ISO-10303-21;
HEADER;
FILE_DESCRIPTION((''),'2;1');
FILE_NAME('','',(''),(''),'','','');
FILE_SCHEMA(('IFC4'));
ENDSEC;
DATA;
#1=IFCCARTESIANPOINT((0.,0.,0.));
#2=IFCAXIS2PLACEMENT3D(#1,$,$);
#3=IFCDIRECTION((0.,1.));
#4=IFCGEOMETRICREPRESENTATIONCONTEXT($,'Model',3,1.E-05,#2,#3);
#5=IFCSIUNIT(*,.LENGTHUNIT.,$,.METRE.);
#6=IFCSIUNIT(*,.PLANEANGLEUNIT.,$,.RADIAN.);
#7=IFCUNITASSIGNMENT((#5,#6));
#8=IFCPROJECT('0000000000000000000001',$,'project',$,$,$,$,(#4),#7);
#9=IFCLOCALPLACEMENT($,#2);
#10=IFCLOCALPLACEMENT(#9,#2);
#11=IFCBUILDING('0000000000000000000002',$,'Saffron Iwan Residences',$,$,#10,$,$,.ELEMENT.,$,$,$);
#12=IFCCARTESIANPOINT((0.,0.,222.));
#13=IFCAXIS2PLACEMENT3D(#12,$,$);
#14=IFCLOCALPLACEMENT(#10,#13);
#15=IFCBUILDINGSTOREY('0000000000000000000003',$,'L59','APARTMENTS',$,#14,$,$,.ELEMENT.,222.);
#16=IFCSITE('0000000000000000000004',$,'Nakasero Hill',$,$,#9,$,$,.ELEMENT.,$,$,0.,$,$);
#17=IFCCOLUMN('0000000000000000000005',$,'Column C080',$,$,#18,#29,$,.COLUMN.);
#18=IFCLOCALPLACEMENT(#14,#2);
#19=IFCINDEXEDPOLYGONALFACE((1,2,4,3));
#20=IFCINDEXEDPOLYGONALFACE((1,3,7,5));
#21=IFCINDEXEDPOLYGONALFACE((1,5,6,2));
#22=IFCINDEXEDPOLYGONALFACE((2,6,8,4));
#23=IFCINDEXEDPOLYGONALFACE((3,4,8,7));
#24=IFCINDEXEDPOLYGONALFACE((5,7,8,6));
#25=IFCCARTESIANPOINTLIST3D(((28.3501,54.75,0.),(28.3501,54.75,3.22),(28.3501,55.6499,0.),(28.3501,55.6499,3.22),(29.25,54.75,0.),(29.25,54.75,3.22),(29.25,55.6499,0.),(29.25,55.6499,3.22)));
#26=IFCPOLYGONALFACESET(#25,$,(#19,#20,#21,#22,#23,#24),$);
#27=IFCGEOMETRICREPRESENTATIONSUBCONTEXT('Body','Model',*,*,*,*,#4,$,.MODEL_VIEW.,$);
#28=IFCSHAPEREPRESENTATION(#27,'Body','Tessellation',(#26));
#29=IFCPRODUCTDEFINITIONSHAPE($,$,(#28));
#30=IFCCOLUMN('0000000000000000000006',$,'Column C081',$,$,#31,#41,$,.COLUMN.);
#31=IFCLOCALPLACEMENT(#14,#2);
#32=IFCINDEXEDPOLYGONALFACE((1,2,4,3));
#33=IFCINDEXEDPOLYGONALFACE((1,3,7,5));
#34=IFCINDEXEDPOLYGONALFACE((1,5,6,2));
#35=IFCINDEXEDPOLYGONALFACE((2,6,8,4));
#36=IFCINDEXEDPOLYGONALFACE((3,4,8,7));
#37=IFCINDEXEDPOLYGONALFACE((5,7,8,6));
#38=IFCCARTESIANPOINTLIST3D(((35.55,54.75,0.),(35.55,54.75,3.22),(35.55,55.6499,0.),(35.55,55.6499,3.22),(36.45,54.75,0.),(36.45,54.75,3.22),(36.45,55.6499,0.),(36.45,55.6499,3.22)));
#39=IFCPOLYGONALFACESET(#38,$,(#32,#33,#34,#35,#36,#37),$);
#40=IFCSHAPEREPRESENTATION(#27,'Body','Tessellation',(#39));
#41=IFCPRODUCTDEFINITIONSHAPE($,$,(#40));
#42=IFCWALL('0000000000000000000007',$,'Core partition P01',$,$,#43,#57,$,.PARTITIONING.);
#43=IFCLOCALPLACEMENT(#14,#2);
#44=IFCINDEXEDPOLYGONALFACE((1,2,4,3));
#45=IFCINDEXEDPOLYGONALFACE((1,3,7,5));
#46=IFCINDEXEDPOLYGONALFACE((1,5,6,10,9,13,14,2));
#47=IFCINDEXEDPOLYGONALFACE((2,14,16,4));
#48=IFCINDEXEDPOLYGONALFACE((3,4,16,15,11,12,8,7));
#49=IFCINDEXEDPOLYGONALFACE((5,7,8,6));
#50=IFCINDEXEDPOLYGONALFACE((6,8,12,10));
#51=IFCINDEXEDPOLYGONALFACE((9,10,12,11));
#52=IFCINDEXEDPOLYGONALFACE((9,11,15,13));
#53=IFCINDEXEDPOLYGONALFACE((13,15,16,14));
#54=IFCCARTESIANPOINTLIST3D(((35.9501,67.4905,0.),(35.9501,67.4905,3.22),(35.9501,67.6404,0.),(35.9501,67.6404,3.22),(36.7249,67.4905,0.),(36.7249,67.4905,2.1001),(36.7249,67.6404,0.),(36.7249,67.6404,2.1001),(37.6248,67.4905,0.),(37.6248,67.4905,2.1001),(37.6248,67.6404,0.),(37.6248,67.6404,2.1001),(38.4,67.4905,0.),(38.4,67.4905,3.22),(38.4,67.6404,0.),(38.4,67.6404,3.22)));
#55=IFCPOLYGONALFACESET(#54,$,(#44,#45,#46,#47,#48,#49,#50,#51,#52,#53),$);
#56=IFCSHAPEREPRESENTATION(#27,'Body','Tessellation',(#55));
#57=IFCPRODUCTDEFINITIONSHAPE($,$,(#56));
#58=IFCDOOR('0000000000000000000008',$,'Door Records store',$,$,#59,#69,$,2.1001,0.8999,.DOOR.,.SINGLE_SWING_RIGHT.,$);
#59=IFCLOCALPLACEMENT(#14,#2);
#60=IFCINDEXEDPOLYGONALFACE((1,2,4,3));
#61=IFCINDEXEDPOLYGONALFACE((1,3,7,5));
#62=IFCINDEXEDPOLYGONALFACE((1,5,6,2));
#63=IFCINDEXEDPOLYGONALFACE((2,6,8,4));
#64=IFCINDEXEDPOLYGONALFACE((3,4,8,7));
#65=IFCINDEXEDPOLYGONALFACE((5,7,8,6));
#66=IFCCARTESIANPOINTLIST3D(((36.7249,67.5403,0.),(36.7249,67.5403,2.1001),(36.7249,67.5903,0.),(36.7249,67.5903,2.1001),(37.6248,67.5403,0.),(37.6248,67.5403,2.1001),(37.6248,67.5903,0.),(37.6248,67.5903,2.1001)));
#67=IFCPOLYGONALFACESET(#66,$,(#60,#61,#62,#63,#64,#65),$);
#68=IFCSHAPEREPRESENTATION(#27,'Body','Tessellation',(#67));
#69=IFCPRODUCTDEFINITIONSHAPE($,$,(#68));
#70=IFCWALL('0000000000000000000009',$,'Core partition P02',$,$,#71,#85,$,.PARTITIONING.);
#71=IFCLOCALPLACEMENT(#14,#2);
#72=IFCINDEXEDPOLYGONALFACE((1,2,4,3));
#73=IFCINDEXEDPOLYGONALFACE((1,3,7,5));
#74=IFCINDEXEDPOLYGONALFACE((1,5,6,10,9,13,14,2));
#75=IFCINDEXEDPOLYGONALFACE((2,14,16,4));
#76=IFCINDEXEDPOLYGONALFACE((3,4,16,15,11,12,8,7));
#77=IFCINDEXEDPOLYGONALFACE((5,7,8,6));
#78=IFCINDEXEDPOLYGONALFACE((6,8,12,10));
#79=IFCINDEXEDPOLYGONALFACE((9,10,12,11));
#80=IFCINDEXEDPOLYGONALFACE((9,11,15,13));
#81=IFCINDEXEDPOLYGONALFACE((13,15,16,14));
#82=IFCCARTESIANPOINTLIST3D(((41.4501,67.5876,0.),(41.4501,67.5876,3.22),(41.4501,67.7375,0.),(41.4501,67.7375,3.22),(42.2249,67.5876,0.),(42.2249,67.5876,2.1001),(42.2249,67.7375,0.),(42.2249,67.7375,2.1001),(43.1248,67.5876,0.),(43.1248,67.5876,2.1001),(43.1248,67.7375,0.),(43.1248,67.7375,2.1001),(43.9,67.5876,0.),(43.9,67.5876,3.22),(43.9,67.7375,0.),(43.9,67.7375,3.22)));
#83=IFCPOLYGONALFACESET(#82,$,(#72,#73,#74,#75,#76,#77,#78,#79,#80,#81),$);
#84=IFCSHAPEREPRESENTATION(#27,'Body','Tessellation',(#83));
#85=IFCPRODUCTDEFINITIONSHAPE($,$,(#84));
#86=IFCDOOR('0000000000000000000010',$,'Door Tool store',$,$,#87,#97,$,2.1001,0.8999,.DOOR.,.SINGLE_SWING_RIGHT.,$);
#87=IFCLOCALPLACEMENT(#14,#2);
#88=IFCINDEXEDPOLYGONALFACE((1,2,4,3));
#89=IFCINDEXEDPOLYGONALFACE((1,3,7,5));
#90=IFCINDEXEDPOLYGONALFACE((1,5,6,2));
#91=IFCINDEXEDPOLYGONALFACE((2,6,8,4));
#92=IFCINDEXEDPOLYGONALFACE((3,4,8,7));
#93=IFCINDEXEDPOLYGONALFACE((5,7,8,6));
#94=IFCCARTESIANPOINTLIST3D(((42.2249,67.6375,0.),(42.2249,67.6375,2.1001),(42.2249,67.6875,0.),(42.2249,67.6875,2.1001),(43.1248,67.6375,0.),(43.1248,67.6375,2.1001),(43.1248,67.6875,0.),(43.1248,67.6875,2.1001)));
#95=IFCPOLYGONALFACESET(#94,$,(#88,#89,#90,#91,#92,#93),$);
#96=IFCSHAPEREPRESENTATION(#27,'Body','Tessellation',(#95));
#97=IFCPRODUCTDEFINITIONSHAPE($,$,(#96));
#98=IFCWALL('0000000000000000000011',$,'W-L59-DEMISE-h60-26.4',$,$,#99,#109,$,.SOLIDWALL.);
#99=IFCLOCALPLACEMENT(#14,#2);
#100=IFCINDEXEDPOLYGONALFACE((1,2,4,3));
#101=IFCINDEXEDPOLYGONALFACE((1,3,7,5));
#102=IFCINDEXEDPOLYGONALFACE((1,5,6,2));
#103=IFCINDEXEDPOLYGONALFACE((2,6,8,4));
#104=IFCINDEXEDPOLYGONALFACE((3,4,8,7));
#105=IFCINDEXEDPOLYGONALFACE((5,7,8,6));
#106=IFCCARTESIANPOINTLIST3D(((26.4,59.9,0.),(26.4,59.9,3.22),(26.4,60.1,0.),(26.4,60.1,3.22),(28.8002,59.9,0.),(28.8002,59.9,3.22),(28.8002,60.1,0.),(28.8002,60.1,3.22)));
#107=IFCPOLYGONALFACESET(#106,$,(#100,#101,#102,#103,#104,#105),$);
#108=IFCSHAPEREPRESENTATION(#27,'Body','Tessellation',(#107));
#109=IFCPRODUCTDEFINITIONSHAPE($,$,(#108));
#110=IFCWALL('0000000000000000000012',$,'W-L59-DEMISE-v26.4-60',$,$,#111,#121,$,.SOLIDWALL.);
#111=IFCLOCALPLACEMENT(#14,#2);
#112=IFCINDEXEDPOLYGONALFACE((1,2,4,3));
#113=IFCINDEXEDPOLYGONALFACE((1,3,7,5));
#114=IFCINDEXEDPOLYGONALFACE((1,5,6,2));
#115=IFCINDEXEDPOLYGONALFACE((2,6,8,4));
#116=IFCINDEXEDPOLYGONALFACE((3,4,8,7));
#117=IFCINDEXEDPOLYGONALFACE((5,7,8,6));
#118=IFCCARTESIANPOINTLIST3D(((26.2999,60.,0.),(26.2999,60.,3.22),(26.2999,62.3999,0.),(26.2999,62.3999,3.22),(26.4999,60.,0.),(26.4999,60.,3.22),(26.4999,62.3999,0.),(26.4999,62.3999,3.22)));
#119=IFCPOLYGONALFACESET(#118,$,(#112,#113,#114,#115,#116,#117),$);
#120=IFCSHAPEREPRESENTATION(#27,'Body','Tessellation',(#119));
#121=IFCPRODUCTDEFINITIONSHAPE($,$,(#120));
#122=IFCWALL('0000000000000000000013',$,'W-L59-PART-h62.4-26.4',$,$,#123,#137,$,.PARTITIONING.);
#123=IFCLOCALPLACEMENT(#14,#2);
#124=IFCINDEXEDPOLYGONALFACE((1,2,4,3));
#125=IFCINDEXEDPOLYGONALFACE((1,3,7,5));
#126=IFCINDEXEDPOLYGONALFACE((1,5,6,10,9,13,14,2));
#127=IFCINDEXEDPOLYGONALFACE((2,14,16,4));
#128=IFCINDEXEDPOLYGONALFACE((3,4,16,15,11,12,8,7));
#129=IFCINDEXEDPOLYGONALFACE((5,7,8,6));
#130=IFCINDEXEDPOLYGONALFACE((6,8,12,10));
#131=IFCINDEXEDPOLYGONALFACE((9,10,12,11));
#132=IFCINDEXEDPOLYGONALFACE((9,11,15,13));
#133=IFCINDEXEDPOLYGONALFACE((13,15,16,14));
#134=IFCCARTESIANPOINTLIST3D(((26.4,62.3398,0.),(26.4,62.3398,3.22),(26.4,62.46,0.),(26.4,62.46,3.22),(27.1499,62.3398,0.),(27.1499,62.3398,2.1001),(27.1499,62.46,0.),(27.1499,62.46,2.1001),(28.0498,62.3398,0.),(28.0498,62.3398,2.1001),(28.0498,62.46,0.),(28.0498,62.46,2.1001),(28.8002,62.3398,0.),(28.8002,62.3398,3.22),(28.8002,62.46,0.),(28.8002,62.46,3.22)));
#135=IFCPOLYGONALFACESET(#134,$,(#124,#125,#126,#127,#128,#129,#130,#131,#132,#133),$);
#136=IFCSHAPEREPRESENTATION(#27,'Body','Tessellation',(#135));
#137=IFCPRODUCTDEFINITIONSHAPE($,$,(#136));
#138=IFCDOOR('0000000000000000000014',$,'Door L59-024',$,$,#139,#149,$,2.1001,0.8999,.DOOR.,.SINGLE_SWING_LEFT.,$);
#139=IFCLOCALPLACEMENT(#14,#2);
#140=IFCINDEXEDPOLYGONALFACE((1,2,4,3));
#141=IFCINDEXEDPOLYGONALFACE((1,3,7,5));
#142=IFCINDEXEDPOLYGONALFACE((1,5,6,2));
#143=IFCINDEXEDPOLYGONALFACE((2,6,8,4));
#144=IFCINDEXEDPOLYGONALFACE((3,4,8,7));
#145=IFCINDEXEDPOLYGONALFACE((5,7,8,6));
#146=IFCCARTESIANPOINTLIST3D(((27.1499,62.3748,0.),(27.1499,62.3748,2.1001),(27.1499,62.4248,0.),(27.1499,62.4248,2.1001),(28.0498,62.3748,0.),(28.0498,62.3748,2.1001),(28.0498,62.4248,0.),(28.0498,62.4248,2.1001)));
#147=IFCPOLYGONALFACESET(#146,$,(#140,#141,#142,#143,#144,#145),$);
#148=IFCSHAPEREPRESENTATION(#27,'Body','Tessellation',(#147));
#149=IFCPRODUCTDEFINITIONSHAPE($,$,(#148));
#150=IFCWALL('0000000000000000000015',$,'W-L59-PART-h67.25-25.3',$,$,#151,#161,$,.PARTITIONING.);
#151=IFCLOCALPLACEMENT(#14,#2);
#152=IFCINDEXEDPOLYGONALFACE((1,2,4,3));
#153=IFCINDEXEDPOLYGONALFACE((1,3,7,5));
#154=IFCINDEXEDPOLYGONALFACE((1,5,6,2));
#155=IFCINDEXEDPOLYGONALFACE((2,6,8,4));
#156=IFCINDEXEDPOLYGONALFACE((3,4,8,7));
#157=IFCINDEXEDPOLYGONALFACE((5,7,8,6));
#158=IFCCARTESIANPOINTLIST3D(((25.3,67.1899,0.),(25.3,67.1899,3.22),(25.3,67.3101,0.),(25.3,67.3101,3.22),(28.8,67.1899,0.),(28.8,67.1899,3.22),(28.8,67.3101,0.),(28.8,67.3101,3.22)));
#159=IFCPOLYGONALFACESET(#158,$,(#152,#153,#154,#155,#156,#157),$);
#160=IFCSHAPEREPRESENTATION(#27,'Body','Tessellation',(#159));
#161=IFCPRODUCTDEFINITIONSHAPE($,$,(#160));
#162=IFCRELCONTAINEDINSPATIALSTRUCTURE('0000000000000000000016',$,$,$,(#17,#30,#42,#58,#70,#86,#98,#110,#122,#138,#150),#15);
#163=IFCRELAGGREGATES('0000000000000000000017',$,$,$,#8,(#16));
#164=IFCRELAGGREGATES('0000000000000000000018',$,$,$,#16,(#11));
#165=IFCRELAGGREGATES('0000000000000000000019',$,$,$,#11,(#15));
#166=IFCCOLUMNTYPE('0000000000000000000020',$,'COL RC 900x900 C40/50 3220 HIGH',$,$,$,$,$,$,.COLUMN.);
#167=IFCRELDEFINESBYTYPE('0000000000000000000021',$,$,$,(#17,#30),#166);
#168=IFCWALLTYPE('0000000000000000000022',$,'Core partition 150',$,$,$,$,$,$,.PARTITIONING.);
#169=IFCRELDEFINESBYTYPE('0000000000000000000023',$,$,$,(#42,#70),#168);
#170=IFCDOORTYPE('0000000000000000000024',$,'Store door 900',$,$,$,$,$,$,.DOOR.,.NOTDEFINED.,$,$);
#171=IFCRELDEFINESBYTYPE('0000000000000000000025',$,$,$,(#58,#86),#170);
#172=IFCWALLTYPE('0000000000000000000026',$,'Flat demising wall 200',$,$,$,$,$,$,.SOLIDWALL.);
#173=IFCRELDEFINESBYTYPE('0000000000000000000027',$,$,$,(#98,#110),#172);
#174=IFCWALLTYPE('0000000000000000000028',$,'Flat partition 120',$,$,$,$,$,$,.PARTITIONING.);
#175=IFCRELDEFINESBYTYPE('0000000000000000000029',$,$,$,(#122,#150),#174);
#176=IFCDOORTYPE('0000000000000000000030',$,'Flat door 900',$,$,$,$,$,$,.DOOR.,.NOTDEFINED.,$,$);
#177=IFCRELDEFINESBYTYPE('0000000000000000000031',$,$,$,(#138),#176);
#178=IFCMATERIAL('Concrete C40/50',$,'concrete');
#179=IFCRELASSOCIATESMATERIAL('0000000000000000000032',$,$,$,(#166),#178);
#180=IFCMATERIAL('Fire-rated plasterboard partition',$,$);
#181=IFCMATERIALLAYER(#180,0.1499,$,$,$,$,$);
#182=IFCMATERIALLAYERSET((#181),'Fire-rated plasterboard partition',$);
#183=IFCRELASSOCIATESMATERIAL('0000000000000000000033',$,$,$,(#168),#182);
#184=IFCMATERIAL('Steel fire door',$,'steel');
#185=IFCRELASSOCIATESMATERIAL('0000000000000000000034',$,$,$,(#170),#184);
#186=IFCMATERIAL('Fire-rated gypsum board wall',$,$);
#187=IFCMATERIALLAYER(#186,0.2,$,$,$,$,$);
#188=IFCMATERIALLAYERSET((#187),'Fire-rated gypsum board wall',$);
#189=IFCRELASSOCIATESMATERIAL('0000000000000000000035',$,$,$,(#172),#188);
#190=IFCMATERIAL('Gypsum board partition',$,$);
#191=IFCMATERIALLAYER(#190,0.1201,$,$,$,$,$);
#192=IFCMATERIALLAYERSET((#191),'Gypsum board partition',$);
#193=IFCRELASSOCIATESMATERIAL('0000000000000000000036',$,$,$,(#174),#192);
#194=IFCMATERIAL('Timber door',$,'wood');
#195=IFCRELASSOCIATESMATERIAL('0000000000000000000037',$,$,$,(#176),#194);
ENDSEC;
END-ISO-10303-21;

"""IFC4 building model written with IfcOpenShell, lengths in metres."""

from ifc_helpers import new_model, si_unit, direction, frame, frame_2d, origin, origin_2d, place, context, subcontext, project, spatial, rectangle, extrude, source, transform, mapped, material, layer, layer_set, material_profile, profile_set, type_object, element, fill, save


model = new_model("IFC4")

# Units and contexts
model_context = context("Model", 3, precision=1e-05, world=origin(), true_north=direction((0.0, 1.0)))
body_context = subcontext(model_context, "Body", "Model", "MODEL_VIEW")
ifc_project = project(units=[si_unit("LENGTHUNIT", "METRE"), si_unit("PLANEANGLEUNIT", "RADIAN")], contexts=[model_context])

# Site, building, storey
site_placement = place(None, origin())
site = spatial("IfcSite", under=ifc_project, at=site_placement, Name="Nakasero Hill", CompositionType="ELEMENT", RefElevation=0.0)
building_placement = place(site_placement, origin())
building = spatial("IfcBuilding", under=site, at=building_placement, Name="Saffron Iwan Residences", CompositionType="ELEMENT")
storey_placement = place(building_placement, frame((0.0, 0.0, 222.0)))
storey = spatial("IfcBuildingStorey", under=building, at=storey_placement, Name="L59", Description="APARTMENTS", CompositionType="ELEMENT", Elevation=222.0)

# Columns
ifc_material_1 = material(Name="Concrete C40/50", Category="concrete")
ifc_material_profile = material_profile(ifc_material_1, rectangle(XDim=0.8999, YDim=0.8999, at=origin_2d()), Name="RC 900x900")
ifc_profile_set = profile_set([ifc_material_profile], Name="Concrete C40/50")
column_type = type_object("IfcColumnType", Name="COL RC 900x900 C40/50 3220 HIGH", PredefinedType="COLUMN", material=ifc_profile_set)
shared_shape = source(origin(), body_context, "Body", "SweptSolid", [
    extrude(rectangle(XDim=0.8999, YDim=0.8999, at=origin_2d()), origin(), (0.0, 0.0, 1.0), 3.22),
])
for number, where, z_axis, x_axis, name in (
    (1, (28.8, 55.2, 0.0), (0.0, 0.0, 1.0), (1.0, 0.0, 0.0), "Column C080"),
    (2, (36.0, 55.2, 0.0), (0.0, 0.0, 1.0), (1.0, 0.0, 0.0), "Column C081"),
):
    element("IfcColumn", number, at=place(storey_placement, frame(where, z_axis=z_axis, x_axis=x_axis)), inside=storey, type_object=column_type, Name=name, PredefinedType="COLUMN", context=body_context, shape_type="MappedRepresentation", body=[
        mapped(shared_shape, transform((0.0, 0.0, 0.0))),
    ])

# Walls, openings, doors
ifc_material_2 = material(Name="Fire-rated plasterboard partition")
ifc_layer_1 = layer(ifc_material_2, 0.1499)
ifc_layer_set_1 = layer_set([ifc_layer_1], Name="Fire-rated plasterboard partition")
wall_type_1 = type_object("IfcWallType", Name="Core partition 150", PredefinedType="PARTITIONING", material=ifc_layer_set_1)
wall_1_placement = place(storey_placement, frame((35.95, 67.5654, 0.0), z_axis=(0.0, 0.0, 1.0), x_axis=(1.0, 0.0, 0.0)))
wall_1 = element("IfcWall", 3, at=wall_1_placement, inside=storey, type_object=wall_type_1, Name="Core partition P01", PredefinedType="PARTITIONING", context=body_context, shape_type="SweptSolid", body=[
    extrude(rectangle(XDim=2.45, YDim=0.1499, at=frame_2d((1.2251, 0.0))), origin(), (0.0, 0.0, 1.0), 3.22),
])
opening_1_placement = place(wall_1_placement, frame((0.7749, 0.0, 0.0)))
opening_1 = element("IfcOpeningElement", 4, at=opening_1_placement, cuts=wall_1, PredefinedType="OPENING", context=body_context, shape_type="SweptSolid", body=[
    extrude(rectangle(XDim=0.8999, YDim=2.1001, at=frame_2d((0.45, 1.05))), frame((0.0, 0.085, 0.0), z_axis=(0.0, -1.0, 0.0), x_axis=(1.0, 0.0, 0.0)), (0.0, 0.0, 1.0), 0.1699),
])
ifc_material_3 = material(Name="Steel fire door", Category="steel")
door_type_1 = type_object("IfcDoorType", Name="Store door 900", OperationType="NOTDEFINED", PredefinedType="DOOR", material=ifc_material_3)
door_1_placement = place(opening_1_placement, origin())
door_1 = element("IfcDoor", 5, at=door_1_placement, inside=storey, type_object=door_type_1, Name="Door Records store", OperationType="SINGLE_SWING_RIGHT", OverallHeight=2.1001, OverallWidth=0.8999, PredefinedType="DOOR", context=body_context, shape_type="SweptSolid", body=[
    extrude(rectangle(XDim=0.8999, YDim=2.1001, at=frame_2d((0.45, 1.05))), frame((0.0, 0.0249, 0.0), z_axis=(0.0, -1.0, 0.0), x_axis=(1.0, 0.0, 0.0)), (0.0, 0.0, 1.0), 0.05),
])
fill(opening_1, door_1)
wall_2_placement = place(storey_placement, frame((41.45, 67.6626, 0.0), z_axis=(0.0, 0.0, 1.0), x_axis=(1.0, 0.0, 0.0)))
wall_2 = element("IfcWall", 6, at=wall_2_placement, inside=storey, type_object=wall_type_1, Name="Core partition P02", PredefinedType="PARTITIONING", context=body_context, shape_type="SweptSolid", body=[
    extrude(rectangle(XDim=2.45, YDim=0.1499, at=frame_2d((1.2251, 0.0))), origin(), (0.0, 0.0, 1.0), 3.22),
])
opening_2_placement = place(wall_2_placement, frame((0.7749, 0.0, 0.0)))
opening_2 = element("IfcOpeningElement", 7, at=opening_2_placement, cuts=wall_2, PredefinedType="OPENING", context=body_context, shape_type="SweptSolid", body=[
    extrude(rectangle(XDim=0.8999, YDim=2.1001, at=frame_2d((0.45, 1.05))), frame((0.0, 0.085, 0.0), z_axis=(0.0, -1.0, 0.0), x_axis=(1.0, 0.0, 0.0)), (0.0, 0.0, 1.0), 0.1699),
])
door_2_placement = place(opening_2_placement, origin())
door_2 = element("IfcDoor", 8, at=door_2_placement, inside=storey, type_object=door_type_1, Name="Door Tool store", OperationType="SINGLE_SWING_RIGHT", OverallHeight=2.1001, OverallWidth=0.8999, PredefinedType="DOOR", context=body_context, shape_type="SweptSolid", body=[
    extrude(rectangle(XDim=0.8999, YDim=2.1001, at=frame_2d((0.45, 1.05))), frame((0.0, 0.0249, 0.0), z_axis=(0.0, -1.0, 0.0), x_axis=(1.0, 0.0, 0.0)), (0.0, 0.0, 1.0), 0.05),
])
fill(opening_2, door_2)

# Walls
ifc_material_4 = material(Name="Fire-rated gypsum board wall")
ifc_layer_2 = layer(ifc_material_4, 0.2)
ifc_layer_set_2 = layer_set([ifc_layer_2], Name="Fire-rated gypsum board wall")
wall_type_2 = type_object("IfcWallType", Name="Flat demising wall 200", PredefinedType="SOLIDWALL", material=ifc_layer_set_2)
wall_3_placement = place(storey_placement, frame((26.3999, 60.0, 0.0), z_axis=(0.0, 0.0, 1.0), x_axis=(1.0, 0.0, 0.0)))
element("IfcWall", 9, at=wall_3_placement, inside=storey, type_object=wall_type_2, Name="W-L59-DEMISE-h60-26.4", PredefinedType="SOLIDWALL", context=body_context, shape_type="SweptSolid", body=[
    extrude(rectangle(XDim=2.4001, YDim=0.2, at=frame_2d((1.2002, 0.0))), origin(), (0.0, 0.0, 1.0), 3.22),
])
wall_4_placement = place(storey_placement, frame((26.3999, 60.0, 0.0), z_axis=(0.0, 0.0, 1.0), x_axis=(0.0, 1.0, 0.0)))
element("IfcWall", 10, at=wall_4_placement, inside=storey, type_object=wall_type_2, Name="W-L59-DEMISE-v26.4-60", PredefinedType="SOLIDWALL", context=body_context, shape_type="SweptSolid", body=[
    extrude(rectangle(XDim=2.3999, YDim=0.2, at=frame_2d((1.2, 0.0))), origin(), (0.0, 0.0, 1.0), 3.22),
])

# Wall, opening, door
ifc_material_5 = material(Name="Gypsum board partition")
ifc_layer_3 = layer(ifc_material_5, 0.1201)
ifc_layer_set_3 = layer_set([ifc_layer_3], Name="Gypsum board partition")
wall_type_3 = type_object("IfcWallType", Name="Flat partition 120", PredefinedType="PARTITIONING", material=ifc_layer_set_3)
wall_5_placement = place(storey_placement, frame((26.3999, 62.3999, 0.0), z_axis=(0.0, 0.0, 1.0), x_axis=(1.0, 0.0, 0.0)))
wall_5 = element("IfcWall", 11, at=wall_5_placement, inside=storey, type_object=wall_type_3, Name="W-L59-PART-h62.4-26.4", PredefinedType="PARTITIONING", context=body_context, shape_type="SweptSolid", body=[
    extrude(rectangle(XDim=2.4001, YDim=0.1201, at=frame_2d((1.2002, 0.0))), origin(), (0.0, 0.0, 1.0), 3.22),
])
opening_3_placement = place(wall_5_placement, frame((0.75, 0.0, 0.0)))
opening_3 = element("IfcOpeningElement", 12, at=opening_3_placement, cuts=wall_5, PredefinedType="OPENING", context=body_context, shape_type="SweptSolid", body=[
    extrude(rectangle(XDim=0.8999, YDim=2.1001, at=frame_2d((0.45, 1.05))), frame((0.0, 0.0701, 0.0), z_axis=(0.0, -1.0, 0.0), x_axis=(1.0, 0.0, 0.0)), (0.0, 0.0, 1.0), 0.1401),
])
ifc_material_6 = material(Name="Timber door", Category="wood")
door_type_2 = type_object("IfcDoorType", Name="Flat door 900", OperationType="NOTDEFINED", PredefinedType="DOOR", material=ifc_material_6)
door_3_placement = place(opening_3_placement, origin())
door_3 = element("IfcDoor", 13, at=door_3_placement, inside=storey, type_object=door_type_2, Name="Door L59-024", OperationType="SINGLE_SWING_LEFT", OverallHeight=2.1001, OverallWidth=0.8999, PredefinedType="DOOR", context=body_context, shape_type="SweptSolid", body=[
    extrude(rectangle(XDim=0.8999, YDim=2.1001, at=frame_2d((0.45, 1.05))), frame((0.0, 0.0249, 0.0), z_axis=(0.0, -1.0, 0.0), x_axis=(1.0, 0.0, 0.0)), (0.0, 0.0, 1.0), 0.05),
])
fill(opening_3, door_3)

# Wall
wall_6_placement = place(storey_placement, frame((25.3, 67.25, 0.0), z_axis=(0.0, 0.0, 1.0), x_axis=(1.0, 0.0, 0.0)))
element("IfcWall", 14, at=wall_6_placement, inside=storey, type_object=wall_type_3, Name="W-L59-PART-h67.25-25.3", PredefinedType="PARTITIONING", context=body_context, shape_type="SweptSolid", body=[
    extrude(rectangle(XDim=3.5, YDim=0.1201, at=frame_2d((1.75, 0.0))), origin(), (0.0, 0.0, 1.0), 3.22),
])

save(model, "model.ifc")
